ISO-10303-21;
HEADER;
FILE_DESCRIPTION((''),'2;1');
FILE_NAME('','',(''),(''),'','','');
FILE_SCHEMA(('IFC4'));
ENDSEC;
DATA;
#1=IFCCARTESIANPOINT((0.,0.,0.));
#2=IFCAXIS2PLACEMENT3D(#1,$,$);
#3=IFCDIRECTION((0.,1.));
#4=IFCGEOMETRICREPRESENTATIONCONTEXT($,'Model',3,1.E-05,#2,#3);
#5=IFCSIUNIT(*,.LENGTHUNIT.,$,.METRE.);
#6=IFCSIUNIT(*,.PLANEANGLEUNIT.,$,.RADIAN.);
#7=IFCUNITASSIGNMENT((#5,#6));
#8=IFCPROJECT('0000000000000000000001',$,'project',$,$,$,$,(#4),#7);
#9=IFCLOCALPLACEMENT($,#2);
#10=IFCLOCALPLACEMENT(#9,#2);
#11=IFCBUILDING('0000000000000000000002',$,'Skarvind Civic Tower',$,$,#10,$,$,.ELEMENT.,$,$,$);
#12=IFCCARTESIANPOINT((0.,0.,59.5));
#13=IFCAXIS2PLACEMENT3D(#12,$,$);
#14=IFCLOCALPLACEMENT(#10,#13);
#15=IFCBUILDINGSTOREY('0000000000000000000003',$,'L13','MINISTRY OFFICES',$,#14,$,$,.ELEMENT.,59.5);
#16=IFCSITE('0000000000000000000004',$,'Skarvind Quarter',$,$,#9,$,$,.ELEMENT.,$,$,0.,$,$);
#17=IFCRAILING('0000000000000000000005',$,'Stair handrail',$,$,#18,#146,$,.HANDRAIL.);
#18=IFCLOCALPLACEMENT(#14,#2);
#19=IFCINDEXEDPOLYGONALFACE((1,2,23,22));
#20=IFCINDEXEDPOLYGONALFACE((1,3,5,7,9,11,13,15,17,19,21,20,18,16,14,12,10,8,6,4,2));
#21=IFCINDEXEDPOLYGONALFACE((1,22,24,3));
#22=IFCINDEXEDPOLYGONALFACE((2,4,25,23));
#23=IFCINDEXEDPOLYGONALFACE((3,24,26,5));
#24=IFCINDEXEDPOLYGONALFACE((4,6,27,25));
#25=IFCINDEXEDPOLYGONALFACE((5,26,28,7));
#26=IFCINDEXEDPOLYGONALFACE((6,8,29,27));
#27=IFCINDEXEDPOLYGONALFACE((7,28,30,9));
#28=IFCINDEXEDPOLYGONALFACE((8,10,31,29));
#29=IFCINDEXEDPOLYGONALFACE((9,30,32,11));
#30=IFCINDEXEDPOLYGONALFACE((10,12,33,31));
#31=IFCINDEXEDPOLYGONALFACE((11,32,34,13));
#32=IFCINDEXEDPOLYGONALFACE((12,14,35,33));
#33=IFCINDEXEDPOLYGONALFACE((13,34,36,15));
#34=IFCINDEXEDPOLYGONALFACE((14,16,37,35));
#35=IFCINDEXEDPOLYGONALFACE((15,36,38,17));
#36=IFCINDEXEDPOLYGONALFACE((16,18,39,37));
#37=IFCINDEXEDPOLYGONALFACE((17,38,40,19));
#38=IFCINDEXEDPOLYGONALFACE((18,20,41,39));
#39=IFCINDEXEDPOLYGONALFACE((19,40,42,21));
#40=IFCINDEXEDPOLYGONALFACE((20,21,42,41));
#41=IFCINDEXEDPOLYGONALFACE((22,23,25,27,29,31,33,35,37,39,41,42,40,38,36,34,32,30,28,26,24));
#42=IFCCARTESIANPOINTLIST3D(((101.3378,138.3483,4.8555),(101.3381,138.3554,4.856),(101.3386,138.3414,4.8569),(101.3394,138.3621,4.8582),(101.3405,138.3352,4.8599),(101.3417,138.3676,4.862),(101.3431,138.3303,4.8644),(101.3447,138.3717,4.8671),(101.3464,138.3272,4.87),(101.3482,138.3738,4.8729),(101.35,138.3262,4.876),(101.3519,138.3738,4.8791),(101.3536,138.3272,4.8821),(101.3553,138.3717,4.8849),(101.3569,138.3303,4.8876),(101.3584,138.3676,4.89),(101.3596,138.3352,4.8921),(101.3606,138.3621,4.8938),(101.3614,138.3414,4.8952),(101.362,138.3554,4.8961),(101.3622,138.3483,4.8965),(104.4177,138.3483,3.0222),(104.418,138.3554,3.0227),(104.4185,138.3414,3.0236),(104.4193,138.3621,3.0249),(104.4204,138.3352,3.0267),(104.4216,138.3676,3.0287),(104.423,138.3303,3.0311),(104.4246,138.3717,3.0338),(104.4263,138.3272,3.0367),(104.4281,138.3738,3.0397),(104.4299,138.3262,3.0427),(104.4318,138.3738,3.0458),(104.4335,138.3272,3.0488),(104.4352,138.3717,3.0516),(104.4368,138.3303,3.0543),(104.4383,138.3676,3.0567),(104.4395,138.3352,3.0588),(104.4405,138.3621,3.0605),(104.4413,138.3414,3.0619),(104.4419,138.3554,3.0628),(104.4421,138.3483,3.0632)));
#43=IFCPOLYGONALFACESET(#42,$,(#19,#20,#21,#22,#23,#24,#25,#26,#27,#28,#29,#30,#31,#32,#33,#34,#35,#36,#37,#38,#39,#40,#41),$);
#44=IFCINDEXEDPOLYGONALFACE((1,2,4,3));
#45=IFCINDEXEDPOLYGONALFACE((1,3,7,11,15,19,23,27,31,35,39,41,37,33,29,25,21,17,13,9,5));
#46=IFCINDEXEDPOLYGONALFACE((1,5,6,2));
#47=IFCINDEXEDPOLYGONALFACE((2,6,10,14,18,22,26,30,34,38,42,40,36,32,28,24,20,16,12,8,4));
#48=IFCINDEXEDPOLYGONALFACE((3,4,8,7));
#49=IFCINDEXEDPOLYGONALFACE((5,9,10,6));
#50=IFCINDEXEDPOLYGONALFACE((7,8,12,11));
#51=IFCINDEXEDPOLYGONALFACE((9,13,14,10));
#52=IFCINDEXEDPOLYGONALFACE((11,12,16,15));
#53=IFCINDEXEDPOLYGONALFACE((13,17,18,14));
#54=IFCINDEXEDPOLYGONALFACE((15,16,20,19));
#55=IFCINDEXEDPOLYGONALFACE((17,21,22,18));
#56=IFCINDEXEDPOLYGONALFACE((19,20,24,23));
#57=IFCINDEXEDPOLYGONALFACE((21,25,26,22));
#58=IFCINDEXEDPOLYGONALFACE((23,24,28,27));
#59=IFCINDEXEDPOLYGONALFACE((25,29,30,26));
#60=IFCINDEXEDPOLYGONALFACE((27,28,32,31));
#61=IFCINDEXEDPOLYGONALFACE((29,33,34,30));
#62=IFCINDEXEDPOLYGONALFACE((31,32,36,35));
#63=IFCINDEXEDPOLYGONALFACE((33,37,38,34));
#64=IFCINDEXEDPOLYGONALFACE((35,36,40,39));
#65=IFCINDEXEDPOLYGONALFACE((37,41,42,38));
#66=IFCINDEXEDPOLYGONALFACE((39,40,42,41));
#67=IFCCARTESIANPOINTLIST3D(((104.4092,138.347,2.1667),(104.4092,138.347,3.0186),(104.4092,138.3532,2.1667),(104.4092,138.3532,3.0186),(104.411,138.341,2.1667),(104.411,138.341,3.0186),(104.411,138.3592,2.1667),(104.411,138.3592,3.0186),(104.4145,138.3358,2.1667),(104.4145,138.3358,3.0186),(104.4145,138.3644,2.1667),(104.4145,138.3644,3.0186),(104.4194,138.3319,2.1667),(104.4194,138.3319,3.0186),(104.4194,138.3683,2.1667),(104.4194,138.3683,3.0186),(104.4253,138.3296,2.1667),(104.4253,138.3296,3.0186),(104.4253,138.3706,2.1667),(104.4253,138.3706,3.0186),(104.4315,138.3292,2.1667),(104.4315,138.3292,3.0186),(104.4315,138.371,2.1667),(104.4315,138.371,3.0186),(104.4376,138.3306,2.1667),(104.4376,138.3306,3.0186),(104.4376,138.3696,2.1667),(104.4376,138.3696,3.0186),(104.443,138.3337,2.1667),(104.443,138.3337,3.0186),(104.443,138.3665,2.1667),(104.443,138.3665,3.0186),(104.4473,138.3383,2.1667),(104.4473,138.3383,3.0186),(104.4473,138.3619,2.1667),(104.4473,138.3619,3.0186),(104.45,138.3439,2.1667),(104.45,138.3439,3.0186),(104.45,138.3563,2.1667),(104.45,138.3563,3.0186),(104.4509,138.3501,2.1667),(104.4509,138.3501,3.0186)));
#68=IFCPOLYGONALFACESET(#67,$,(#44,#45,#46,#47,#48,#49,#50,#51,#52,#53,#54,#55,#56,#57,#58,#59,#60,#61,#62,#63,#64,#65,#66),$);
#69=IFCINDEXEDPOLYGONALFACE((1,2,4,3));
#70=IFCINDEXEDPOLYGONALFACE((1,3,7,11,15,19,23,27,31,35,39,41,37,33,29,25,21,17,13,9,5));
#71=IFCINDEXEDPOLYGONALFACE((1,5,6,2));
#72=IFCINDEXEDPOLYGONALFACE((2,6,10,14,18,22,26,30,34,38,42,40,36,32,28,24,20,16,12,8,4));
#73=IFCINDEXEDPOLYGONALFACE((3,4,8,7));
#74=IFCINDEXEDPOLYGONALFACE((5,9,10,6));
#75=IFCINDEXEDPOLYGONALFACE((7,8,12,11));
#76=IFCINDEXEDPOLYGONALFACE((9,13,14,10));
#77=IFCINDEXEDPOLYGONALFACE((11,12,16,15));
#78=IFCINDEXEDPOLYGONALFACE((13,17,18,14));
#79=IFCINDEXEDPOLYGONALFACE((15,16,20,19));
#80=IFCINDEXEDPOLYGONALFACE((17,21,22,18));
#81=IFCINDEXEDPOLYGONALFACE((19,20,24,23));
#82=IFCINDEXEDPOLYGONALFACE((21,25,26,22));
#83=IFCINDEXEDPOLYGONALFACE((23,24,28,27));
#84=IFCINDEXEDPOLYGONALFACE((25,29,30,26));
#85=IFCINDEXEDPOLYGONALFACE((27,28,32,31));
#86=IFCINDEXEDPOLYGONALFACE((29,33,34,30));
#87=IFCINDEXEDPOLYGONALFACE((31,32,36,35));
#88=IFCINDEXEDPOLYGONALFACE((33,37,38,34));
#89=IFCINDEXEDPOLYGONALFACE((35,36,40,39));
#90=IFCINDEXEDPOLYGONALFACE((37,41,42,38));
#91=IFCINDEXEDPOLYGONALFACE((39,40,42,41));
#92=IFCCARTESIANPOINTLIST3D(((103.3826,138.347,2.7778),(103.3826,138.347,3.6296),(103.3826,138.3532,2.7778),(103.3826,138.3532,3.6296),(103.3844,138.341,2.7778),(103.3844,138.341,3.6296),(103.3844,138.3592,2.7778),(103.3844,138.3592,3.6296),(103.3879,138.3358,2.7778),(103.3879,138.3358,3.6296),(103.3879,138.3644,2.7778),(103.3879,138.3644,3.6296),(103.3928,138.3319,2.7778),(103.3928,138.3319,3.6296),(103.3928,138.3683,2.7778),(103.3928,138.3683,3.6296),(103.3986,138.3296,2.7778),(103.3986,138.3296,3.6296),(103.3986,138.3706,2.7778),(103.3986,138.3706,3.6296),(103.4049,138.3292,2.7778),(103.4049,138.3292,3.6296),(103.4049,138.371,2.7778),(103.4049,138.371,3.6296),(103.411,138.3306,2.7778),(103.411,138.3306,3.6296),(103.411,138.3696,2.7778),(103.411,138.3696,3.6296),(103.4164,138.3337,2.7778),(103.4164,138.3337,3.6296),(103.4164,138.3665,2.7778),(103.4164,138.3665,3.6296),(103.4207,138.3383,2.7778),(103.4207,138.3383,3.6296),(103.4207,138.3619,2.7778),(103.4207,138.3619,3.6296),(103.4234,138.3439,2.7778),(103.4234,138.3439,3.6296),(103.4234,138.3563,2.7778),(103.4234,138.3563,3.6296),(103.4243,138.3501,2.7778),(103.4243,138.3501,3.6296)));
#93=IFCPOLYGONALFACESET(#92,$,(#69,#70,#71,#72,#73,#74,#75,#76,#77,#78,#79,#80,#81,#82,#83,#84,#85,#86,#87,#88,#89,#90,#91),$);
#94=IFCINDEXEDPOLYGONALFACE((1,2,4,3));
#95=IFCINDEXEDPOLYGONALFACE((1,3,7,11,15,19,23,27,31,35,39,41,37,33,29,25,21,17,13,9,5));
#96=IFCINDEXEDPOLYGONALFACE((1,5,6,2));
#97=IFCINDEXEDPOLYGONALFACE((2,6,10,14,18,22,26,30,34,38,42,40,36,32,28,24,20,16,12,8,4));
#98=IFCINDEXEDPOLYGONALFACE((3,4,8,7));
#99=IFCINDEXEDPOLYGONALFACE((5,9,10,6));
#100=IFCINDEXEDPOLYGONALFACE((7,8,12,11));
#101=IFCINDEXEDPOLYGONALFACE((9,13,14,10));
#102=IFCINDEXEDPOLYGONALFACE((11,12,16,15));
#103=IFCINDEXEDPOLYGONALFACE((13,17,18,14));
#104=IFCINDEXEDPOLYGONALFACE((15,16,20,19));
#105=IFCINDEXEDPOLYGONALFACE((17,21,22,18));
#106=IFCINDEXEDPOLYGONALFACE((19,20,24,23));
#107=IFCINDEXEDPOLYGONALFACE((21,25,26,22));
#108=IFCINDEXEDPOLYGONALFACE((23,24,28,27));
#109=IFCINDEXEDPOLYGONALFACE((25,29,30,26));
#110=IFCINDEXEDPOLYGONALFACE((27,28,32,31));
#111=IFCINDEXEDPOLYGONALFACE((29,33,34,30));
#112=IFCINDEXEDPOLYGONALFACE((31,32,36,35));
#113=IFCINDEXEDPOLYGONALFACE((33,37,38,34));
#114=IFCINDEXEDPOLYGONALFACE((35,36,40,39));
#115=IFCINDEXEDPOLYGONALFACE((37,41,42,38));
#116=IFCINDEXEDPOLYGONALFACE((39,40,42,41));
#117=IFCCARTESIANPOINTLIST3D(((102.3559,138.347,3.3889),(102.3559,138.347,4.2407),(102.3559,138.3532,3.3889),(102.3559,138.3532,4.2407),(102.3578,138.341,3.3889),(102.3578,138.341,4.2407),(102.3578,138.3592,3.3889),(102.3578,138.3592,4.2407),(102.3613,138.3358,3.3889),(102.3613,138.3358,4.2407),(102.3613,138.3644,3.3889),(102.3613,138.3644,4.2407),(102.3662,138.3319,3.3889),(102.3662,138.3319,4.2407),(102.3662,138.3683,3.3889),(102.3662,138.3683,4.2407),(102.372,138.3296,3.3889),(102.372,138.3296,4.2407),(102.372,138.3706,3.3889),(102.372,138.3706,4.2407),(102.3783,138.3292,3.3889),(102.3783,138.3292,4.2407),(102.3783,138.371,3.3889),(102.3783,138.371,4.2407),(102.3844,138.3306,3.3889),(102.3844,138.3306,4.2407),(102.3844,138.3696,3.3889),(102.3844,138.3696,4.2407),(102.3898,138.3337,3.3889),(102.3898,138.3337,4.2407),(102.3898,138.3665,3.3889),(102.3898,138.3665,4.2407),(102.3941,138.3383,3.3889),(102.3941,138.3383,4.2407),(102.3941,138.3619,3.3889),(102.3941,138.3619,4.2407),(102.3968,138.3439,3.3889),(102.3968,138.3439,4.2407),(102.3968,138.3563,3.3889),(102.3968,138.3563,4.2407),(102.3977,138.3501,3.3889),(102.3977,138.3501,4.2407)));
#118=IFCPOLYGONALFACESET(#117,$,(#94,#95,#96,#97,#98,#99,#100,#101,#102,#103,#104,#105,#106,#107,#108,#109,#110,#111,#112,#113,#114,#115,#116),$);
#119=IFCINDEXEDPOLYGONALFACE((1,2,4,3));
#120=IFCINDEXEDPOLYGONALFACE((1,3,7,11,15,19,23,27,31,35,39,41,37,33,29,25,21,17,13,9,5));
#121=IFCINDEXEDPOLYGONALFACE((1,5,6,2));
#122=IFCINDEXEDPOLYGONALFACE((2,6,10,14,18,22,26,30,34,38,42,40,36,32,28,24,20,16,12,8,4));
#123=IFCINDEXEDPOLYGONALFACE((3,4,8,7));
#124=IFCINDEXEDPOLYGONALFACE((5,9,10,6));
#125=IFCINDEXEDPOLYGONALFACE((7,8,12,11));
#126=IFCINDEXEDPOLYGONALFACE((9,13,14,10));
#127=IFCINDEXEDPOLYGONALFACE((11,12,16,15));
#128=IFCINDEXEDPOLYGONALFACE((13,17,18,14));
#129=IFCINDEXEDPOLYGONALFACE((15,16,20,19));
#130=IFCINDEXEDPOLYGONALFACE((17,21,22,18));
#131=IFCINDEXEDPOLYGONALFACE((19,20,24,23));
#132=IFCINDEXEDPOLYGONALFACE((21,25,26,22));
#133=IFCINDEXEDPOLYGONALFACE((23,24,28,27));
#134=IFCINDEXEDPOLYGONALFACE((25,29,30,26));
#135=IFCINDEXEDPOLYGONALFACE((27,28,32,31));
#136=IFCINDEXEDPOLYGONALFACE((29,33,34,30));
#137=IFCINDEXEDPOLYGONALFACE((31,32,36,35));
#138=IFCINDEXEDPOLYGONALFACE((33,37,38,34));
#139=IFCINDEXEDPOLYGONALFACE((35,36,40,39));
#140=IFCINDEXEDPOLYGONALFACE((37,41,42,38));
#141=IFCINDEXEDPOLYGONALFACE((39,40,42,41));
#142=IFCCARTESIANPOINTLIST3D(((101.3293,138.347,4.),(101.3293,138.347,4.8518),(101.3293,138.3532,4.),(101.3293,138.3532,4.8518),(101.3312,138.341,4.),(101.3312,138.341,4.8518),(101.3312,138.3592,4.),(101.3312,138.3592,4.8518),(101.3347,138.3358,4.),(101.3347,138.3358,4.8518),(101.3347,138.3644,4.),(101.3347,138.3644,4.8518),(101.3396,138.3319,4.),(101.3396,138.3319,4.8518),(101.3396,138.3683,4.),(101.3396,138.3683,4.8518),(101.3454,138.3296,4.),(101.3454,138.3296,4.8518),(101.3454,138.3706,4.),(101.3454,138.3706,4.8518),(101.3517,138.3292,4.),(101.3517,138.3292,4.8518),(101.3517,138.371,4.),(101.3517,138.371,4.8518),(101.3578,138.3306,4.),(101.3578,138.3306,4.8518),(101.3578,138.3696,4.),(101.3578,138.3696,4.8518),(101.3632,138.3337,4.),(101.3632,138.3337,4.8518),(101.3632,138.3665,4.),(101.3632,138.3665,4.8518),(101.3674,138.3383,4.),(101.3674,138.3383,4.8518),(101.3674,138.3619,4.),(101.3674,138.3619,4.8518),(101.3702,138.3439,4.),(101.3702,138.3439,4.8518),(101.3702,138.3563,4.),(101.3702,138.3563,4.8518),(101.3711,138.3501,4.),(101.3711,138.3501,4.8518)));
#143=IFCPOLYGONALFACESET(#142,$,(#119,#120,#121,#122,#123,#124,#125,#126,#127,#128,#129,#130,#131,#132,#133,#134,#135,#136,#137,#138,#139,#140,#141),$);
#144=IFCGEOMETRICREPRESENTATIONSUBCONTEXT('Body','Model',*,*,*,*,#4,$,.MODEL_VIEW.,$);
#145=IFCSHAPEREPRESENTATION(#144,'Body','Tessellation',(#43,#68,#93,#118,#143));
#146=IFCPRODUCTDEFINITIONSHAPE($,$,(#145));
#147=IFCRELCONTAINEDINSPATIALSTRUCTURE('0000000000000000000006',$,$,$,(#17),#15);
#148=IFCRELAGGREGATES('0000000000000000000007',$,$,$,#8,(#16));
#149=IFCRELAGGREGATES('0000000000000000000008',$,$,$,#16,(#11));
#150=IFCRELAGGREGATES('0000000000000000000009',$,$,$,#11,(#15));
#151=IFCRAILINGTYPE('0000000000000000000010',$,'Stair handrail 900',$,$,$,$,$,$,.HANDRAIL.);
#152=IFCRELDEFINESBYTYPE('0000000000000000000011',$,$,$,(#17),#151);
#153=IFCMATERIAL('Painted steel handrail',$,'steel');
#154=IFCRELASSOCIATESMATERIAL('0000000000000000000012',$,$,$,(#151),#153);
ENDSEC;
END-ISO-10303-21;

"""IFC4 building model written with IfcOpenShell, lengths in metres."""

from ifc_helpers import new_model, si_unit, direction, frame, origin, origin_2d, place, context, subcontext, project, spatial, circle, extrude, material, type_object, element, save


model = new_model("IFC4")

# Units and contexts
model_context = context("Model", 3, precision=1e-05, world=origin(), true_north=direction((0.0, 1.0)))
body_context = subcontext(model_context, "Body", "Model", "MODEL_VIEW")
ifc_project = project(units=[si_unit("LENGTHUNIT", "METRE"), si_unit("PLANEANGLEUNIT", "RADIAN")], contexts=[model_context])

# Site, building, storey
site_placement = place(None, origin())
site = spatial("IfcSite", under=ifc_project, at=site_placement, Name="Skarvind Quarter", CompositionType="ELEMENT", RefElevation=0.0)
building_placement = place(site_placement, origin())
building = spatial("IfcBuilding", under=site, at=building_placement, Name="Skarvind Civic Tower", CompositionType="ELEMENT")
storey_placement = place(building_placement, frame((0.0, 0.0, 59.5)))
storey = spatial("IfcBuildingStorey", under=building, at=storey_placement, Name="L13", Description="MINISTRY OFFICES", CompositionType="ELEMENT", Elevation=59.5)

# Railing
ifc_material_1 = material(Name="Painted steel handrail", Category="steel")
railing_type = type_object("IfcRailingType", Name="Stair handrail 900", PredefinedType="HANDRAIL", material=ifc_material_1)
railing_1_placement = place(storey_placement, frame((104.4299, 138.3501, 2.1667)))
element("IfcRailing", 1, at=railing_1_placement, inside=storey, type_object=railing_type, Name="Stair handrail", PredefinedType="HANDRAIL", context=body_context, shape_type="SweptSolid", body=[
    extrude(circle(Radius=0.0239, at=origin_2d()), frame((0.0, 0.0, 0.876), z_axis=(-0.859291, 0.0, 0.511487), x_axis=(0.0, -1.0, 0.0)), (0.0, 0.0, 1.0), 3.5842),
    extrude(circle(Radius=0.021, at=origin_2d()), origin(), (0.0, 0.0, 1.0), 0.8518),
    extrude(circle(Radius=0.021, at=origin_2d()), frame((-1.0266, 0.0, 0.6111)), (0.0, 0.0, 1.0), 0.8518),
    extrude(circle(Radius=0.021, at=origin_2d()), frame((-2.0532, 0.0, 1.2222)), (0.0, 0.0, 1.0), 0.8518),
    extrude(circle(Radius=0.021, at=origin_2d()), frame((-3.0798, 0.0, 1.8333)), (0.0, 0.0, 1.0), 0.8518),
])

save(model, "model.ifc")
